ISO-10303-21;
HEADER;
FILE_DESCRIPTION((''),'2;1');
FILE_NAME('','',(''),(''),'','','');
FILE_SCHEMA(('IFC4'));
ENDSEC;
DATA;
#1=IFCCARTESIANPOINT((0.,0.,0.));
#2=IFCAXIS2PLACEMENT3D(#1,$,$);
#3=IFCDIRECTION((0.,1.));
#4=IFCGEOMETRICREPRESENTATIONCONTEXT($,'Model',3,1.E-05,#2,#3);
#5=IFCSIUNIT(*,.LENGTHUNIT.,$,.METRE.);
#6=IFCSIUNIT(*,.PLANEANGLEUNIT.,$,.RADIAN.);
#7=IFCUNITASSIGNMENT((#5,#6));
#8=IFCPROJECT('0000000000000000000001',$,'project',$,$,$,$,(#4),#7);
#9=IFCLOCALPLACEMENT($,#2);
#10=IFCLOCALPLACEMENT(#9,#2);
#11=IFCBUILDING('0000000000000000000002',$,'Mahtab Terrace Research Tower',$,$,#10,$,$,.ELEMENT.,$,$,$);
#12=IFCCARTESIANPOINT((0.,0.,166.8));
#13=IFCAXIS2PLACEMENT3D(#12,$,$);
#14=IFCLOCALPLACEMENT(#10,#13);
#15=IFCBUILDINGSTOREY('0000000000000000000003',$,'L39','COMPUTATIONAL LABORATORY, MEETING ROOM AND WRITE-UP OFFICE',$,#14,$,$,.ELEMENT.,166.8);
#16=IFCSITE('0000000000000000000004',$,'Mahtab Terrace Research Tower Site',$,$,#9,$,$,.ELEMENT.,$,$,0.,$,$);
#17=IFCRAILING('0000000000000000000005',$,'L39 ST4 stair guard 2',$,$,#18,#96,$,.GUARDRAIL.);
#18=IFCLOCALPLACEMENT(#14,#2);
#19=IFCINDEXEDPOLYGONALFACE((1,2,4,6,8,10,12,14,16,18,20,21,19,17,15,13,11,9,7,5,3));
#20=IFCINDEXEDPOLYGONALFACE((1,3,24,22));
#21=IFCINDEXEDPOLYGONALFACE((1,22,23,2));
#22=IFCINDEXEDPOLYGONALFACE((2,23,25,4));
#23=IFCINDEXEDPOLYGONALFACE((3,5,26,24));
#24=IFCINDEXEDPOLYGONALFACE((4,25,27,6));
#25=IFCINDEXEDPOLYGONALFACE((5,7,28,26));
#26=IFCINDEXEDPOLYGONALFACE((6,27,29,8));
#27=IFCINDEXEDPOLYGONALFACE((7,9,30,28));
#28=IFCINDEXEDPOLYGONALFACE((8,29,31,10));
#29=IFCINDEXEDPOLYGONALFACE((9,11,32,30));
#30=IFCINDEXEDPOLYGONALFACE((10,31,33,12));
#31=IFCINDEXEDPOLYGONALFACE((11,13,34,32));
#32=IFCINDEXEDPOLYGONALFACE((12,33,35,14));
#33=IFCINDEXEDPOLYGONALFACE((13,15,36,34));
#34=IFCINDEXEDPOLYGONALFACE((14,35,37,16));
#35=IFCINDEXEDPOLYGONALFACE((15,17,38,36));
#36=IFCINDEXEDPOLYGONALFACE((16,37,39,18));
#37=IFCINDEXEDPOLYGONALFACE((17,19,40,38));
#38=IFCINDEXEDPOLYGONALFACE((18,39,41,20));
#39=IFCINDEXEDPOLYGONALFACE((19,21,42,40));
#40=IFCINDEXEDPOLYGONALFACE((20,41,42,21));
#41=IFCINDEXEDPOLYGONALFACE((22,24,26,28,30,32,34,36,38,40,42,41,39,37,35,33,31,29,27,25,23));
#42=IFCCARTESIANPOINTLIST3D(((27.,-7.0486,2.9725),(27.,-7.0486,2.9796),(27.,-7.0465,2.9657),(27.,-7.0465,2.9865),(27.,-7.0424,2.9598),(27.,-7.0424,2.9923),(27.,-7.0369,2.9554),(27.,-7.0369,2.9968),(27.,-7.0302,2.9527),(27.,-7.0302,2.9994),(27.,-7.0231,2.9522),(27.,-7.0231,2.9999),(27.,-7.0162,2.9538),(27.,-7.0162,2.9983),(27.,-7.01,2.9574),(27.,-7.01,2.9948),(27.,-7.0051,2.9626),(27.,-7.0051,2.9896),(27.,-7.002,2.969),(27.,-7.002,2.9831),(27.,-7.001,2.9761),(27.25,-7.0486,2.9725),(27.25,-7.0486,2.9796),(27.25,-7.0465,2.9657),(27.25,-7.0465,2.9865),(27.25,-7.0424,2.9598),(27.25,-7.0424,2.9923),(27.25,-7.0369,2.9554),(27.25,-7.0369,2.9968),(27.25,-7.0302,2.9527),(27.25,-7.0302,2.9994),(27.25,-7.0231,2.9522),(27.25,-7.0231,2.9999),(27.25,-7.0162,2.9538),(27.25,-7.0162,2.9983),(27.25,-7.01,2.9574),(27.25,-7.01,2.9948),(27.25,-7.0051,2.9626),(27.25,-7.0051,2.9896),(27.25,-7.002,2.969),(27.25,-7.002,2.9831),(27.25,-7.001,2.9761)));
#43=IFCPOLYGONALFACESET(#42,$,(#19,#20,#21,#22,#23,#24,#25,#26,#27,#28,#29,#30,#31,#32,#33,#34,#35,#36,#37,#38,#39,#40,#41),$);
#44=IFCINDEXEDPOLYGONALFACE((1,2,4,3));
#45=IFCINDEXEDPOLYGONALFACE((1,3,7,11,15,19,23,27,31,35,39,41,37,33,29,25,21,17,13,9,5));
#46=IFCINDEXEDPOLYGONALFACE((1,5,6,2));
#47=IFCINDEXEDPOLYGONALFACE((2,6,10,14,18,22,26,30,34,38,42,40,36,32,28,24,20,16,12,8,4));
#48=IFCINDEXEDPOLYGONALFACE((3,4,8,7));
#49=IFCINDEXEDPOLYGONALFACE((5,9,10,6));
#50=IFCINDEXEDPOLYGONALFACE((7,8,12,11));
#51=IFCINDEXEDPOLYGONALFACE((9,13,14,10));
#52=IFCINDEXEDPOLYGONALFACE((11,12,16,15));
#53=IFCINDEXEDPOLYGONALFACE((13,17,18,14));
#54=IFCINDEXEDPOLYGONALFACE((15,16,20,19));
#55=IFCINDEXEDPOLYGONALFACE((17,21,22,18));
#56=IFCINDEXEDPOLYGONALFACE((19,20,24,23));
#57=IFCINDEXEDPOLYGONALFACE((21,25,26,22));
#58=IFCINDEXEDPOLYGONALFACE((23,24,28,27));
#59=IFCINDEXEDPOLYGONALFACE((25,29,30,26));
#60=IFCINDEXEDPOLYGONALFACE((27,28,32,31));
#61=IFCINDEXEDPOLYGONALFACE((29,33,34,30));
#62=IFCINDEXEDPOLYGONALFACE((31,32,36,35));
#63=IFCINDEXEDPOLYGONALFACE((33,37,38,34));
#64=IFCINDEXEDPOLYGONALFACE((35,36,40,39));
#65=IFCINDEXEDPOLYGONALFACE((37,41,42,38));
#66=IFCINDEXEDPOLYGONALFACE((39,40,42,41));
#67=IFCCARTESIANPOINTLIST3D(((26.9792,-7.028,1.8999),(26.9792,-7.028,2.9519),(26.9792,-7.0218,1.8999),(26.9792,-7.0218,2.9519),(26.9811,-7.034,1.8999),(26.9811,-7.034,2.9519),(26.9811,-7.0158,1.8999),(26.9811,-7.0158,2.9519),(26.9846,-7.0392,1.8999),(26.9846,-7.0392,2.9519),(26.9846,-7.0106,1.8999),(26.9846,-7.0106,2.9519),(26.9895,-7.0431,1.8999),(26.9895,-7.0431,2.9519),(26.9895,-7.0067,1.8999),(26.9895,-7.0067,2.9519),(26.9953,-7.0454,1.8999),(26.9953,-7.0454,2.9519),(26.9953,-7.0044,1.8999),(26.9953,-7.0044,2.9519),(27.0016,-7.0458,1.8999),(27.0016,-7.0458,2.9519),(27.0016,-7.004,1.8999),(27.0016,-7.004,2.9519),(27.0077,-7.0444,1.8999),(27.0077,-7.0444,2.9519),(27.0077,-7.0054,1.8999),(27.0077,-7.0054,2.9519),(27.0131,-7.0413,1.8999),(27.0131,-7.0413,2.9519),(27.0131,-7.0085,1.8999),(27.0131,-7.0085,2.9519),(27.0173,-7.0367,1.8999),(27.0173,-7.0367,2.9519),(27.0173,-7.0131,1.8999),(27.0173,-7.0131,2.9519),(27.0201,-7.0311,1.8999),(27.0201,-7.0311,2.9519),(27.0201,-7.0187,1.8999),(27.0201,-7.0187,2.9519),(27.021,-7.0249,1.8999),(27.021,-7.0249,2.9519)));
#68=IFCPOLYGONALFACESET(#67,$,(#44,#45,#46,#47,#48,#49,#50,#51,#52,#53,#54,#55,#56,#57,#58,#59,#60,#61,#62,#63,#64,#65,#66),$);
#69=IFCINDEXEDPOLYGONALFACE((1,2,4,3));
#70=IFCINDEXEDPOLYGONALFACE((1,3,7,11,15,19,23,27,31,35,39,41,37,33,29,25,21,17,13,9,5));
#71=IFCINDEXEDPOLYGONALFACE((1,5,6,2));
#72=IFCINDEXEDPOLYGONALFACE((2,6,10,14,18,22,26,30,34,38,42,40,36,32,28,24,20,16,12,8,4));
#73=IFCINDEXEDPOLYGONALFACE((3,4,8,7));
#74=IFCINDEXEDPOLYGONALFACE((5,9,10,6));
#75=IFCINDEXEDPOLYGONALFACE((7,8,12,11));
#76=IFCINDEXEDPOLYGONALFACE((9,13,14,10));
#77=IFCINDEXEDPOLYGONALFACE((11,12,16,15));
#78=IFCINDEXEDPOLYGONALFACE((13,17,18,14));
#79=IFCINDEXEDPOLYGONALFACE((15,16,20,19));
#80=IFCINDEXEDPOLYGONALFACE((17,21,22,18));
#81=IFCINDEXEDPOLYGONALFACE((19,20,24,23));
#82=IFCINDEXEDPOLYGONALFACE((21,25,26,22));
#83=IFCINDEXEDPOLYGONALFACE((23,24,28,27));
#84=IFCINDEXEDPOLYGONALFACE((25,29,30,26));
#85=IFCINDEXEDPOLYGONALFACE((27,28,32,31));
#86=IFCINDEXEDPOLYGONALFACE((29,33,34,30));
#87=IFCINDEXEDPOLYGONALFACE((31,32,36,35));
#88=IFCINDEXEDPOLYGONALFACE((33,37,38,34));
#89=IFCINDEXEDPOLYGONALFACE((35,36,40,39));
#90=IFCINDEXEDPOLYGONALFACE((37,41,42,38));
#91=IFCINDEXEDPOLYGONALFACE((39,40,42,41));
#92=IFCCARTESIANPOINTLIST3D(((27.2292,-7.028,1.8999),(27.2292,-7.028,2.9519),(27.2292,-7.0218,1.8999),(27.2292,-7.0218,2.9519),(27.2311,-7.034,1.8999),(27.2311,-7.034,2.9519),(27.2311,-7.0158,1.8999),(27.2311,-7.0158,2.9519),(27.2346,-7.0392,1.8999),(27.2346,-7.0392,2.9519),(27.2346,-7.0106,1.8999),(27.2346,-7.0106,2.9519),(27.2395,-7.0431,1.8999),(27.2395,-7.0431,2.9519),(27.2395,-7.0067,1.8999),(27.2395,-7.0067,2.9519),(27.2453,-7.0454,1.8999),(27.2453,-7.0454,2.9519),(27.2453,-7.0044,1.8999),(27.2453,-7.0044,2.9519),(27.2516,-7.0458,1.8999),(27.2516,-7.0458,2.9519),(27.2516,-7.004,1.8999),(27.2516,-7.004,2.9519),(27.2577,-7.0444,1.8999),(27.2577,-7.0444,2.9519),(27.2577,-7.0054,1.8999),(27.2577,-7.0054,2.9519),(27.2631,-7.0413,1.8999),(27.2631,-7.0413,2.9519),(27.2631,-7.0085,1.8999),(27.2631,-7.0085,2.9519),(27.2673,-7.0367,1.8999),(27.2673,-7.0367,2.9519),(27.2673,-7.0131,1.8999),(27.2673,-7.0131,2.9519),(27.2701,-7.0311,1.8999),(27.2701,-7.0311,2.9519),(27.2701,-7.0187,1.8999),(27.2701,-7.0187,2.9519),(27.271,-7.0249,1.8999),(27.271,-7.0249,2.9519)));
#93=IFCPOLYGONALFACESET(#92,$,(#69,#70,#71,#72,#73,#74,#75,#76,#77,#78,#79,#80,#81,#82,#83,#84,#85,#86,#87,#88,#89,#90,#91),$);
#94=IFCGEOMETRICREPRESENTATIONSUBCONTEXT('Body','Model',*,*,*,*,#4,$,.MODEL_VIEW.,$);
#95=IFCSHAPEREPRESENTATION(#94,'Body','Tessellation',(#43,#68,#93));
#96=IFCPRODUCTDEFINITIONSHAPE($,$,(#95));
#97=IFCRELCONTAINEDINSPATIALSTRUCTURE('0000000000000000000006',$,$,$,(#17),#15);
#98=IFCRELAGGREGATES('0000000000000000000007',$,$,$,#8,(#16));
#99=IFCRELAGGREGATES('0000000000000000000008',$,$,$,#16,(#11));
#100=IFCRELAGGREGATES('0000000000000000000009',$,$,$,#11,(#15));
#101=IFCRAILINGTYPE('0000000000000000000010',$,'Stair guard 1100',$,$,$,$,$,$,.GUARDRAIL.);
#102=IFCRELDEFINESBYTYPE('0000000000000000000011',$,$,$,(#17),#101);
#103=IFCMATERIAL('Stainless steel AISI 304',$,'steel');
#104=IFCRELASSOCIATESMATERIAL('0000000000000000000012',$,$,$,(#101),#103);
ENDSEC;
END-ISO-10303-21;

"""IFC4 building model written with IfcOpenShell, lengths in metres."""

from ifc_helpers import new_model, si_unit, direction, frame, origin, origin_2d, place, context, subcontext, project, spatial, circle, extrude, material, type_object, element, save


model = new_model("IFC4")

# Units and contexts
model_context = context("Model", 3, precision=1e-05, world=origin(), true_north=direction((0.0, 1.0)))
body_context = subcontext(model_context, "Body", "Model", "MODEL_VIEW")
ifc_project = project(units=[si_unit("LENGTHUNIT", "METRE"), si_unit("PLANEANGLEUNIT", "RADIAN")], contexts=[model_context])

# Site, building, storey
site_placement = place(None, origin())
site = spatial("IfcSite", under=ifc_project, at=site_placement, Name="Mahtab Terrace Research Tower Site", CompositionType="ELEMENT", RefElevation=0.0)
building_placement = place(site_placement, origin())
building = spatial("IfcBuilding", under=site, at=building_placement, Name="Mahtab Terrace Research Tower", CompositionType="ELEMENT")
storey_placement = place(building_placement, frame((0.0, 0.0, 166.8)))
storey = spatial("IfcBuildingStorey", under=building, at=storey_placement, Name="L39", Description="COMPUTATIONAL LABORATORY, MEETING ROOM AND WRITE-UP OFFICE", CompositionType="ELEMENT", Elevation=166.8)

# Railing
ifc_material_1 = material(Name="Stainless steel AISI 304", Category="steel")
railing_type_1 = type_object("IfcRailingType", Name="Stair guard 1100", PredefinedType="GUARDRAIL", material=ifc_material_1)
railing_1_placement = place(storey_placement, frame((27.0, -7.0249, 1.8999)))
element("IfcRailing", 1, at=railing_1_placement, inside=storey, type_object=railing_type_1, Name="L39 ST4 stair guard 2", PredefinedType="GUARDRAIL", context=body_context, shape_type="SweptSolid", body=[
    extrude(circle(Radius=0.0239, at=origin_2d()), frame((0.0, 0.0, 1.0762), z_axis=(1.0, 0.0, 0.0), x_axis=(0.0, 1.0, 0.0)), (0.0, 0.0, 1.0), 0.25),
    extrude(circle(Radius=0.021, at=origin_2d()), origin(), (0.0, 0.0, 1.0), 1.052),
    extrude(circle(Radius=0.021, at=origin_2d()), frame((0.25, 0.0, 0.0)), (0.0, 0.0, 1.0), 1.052),
])

save(model, "model.ifc")
